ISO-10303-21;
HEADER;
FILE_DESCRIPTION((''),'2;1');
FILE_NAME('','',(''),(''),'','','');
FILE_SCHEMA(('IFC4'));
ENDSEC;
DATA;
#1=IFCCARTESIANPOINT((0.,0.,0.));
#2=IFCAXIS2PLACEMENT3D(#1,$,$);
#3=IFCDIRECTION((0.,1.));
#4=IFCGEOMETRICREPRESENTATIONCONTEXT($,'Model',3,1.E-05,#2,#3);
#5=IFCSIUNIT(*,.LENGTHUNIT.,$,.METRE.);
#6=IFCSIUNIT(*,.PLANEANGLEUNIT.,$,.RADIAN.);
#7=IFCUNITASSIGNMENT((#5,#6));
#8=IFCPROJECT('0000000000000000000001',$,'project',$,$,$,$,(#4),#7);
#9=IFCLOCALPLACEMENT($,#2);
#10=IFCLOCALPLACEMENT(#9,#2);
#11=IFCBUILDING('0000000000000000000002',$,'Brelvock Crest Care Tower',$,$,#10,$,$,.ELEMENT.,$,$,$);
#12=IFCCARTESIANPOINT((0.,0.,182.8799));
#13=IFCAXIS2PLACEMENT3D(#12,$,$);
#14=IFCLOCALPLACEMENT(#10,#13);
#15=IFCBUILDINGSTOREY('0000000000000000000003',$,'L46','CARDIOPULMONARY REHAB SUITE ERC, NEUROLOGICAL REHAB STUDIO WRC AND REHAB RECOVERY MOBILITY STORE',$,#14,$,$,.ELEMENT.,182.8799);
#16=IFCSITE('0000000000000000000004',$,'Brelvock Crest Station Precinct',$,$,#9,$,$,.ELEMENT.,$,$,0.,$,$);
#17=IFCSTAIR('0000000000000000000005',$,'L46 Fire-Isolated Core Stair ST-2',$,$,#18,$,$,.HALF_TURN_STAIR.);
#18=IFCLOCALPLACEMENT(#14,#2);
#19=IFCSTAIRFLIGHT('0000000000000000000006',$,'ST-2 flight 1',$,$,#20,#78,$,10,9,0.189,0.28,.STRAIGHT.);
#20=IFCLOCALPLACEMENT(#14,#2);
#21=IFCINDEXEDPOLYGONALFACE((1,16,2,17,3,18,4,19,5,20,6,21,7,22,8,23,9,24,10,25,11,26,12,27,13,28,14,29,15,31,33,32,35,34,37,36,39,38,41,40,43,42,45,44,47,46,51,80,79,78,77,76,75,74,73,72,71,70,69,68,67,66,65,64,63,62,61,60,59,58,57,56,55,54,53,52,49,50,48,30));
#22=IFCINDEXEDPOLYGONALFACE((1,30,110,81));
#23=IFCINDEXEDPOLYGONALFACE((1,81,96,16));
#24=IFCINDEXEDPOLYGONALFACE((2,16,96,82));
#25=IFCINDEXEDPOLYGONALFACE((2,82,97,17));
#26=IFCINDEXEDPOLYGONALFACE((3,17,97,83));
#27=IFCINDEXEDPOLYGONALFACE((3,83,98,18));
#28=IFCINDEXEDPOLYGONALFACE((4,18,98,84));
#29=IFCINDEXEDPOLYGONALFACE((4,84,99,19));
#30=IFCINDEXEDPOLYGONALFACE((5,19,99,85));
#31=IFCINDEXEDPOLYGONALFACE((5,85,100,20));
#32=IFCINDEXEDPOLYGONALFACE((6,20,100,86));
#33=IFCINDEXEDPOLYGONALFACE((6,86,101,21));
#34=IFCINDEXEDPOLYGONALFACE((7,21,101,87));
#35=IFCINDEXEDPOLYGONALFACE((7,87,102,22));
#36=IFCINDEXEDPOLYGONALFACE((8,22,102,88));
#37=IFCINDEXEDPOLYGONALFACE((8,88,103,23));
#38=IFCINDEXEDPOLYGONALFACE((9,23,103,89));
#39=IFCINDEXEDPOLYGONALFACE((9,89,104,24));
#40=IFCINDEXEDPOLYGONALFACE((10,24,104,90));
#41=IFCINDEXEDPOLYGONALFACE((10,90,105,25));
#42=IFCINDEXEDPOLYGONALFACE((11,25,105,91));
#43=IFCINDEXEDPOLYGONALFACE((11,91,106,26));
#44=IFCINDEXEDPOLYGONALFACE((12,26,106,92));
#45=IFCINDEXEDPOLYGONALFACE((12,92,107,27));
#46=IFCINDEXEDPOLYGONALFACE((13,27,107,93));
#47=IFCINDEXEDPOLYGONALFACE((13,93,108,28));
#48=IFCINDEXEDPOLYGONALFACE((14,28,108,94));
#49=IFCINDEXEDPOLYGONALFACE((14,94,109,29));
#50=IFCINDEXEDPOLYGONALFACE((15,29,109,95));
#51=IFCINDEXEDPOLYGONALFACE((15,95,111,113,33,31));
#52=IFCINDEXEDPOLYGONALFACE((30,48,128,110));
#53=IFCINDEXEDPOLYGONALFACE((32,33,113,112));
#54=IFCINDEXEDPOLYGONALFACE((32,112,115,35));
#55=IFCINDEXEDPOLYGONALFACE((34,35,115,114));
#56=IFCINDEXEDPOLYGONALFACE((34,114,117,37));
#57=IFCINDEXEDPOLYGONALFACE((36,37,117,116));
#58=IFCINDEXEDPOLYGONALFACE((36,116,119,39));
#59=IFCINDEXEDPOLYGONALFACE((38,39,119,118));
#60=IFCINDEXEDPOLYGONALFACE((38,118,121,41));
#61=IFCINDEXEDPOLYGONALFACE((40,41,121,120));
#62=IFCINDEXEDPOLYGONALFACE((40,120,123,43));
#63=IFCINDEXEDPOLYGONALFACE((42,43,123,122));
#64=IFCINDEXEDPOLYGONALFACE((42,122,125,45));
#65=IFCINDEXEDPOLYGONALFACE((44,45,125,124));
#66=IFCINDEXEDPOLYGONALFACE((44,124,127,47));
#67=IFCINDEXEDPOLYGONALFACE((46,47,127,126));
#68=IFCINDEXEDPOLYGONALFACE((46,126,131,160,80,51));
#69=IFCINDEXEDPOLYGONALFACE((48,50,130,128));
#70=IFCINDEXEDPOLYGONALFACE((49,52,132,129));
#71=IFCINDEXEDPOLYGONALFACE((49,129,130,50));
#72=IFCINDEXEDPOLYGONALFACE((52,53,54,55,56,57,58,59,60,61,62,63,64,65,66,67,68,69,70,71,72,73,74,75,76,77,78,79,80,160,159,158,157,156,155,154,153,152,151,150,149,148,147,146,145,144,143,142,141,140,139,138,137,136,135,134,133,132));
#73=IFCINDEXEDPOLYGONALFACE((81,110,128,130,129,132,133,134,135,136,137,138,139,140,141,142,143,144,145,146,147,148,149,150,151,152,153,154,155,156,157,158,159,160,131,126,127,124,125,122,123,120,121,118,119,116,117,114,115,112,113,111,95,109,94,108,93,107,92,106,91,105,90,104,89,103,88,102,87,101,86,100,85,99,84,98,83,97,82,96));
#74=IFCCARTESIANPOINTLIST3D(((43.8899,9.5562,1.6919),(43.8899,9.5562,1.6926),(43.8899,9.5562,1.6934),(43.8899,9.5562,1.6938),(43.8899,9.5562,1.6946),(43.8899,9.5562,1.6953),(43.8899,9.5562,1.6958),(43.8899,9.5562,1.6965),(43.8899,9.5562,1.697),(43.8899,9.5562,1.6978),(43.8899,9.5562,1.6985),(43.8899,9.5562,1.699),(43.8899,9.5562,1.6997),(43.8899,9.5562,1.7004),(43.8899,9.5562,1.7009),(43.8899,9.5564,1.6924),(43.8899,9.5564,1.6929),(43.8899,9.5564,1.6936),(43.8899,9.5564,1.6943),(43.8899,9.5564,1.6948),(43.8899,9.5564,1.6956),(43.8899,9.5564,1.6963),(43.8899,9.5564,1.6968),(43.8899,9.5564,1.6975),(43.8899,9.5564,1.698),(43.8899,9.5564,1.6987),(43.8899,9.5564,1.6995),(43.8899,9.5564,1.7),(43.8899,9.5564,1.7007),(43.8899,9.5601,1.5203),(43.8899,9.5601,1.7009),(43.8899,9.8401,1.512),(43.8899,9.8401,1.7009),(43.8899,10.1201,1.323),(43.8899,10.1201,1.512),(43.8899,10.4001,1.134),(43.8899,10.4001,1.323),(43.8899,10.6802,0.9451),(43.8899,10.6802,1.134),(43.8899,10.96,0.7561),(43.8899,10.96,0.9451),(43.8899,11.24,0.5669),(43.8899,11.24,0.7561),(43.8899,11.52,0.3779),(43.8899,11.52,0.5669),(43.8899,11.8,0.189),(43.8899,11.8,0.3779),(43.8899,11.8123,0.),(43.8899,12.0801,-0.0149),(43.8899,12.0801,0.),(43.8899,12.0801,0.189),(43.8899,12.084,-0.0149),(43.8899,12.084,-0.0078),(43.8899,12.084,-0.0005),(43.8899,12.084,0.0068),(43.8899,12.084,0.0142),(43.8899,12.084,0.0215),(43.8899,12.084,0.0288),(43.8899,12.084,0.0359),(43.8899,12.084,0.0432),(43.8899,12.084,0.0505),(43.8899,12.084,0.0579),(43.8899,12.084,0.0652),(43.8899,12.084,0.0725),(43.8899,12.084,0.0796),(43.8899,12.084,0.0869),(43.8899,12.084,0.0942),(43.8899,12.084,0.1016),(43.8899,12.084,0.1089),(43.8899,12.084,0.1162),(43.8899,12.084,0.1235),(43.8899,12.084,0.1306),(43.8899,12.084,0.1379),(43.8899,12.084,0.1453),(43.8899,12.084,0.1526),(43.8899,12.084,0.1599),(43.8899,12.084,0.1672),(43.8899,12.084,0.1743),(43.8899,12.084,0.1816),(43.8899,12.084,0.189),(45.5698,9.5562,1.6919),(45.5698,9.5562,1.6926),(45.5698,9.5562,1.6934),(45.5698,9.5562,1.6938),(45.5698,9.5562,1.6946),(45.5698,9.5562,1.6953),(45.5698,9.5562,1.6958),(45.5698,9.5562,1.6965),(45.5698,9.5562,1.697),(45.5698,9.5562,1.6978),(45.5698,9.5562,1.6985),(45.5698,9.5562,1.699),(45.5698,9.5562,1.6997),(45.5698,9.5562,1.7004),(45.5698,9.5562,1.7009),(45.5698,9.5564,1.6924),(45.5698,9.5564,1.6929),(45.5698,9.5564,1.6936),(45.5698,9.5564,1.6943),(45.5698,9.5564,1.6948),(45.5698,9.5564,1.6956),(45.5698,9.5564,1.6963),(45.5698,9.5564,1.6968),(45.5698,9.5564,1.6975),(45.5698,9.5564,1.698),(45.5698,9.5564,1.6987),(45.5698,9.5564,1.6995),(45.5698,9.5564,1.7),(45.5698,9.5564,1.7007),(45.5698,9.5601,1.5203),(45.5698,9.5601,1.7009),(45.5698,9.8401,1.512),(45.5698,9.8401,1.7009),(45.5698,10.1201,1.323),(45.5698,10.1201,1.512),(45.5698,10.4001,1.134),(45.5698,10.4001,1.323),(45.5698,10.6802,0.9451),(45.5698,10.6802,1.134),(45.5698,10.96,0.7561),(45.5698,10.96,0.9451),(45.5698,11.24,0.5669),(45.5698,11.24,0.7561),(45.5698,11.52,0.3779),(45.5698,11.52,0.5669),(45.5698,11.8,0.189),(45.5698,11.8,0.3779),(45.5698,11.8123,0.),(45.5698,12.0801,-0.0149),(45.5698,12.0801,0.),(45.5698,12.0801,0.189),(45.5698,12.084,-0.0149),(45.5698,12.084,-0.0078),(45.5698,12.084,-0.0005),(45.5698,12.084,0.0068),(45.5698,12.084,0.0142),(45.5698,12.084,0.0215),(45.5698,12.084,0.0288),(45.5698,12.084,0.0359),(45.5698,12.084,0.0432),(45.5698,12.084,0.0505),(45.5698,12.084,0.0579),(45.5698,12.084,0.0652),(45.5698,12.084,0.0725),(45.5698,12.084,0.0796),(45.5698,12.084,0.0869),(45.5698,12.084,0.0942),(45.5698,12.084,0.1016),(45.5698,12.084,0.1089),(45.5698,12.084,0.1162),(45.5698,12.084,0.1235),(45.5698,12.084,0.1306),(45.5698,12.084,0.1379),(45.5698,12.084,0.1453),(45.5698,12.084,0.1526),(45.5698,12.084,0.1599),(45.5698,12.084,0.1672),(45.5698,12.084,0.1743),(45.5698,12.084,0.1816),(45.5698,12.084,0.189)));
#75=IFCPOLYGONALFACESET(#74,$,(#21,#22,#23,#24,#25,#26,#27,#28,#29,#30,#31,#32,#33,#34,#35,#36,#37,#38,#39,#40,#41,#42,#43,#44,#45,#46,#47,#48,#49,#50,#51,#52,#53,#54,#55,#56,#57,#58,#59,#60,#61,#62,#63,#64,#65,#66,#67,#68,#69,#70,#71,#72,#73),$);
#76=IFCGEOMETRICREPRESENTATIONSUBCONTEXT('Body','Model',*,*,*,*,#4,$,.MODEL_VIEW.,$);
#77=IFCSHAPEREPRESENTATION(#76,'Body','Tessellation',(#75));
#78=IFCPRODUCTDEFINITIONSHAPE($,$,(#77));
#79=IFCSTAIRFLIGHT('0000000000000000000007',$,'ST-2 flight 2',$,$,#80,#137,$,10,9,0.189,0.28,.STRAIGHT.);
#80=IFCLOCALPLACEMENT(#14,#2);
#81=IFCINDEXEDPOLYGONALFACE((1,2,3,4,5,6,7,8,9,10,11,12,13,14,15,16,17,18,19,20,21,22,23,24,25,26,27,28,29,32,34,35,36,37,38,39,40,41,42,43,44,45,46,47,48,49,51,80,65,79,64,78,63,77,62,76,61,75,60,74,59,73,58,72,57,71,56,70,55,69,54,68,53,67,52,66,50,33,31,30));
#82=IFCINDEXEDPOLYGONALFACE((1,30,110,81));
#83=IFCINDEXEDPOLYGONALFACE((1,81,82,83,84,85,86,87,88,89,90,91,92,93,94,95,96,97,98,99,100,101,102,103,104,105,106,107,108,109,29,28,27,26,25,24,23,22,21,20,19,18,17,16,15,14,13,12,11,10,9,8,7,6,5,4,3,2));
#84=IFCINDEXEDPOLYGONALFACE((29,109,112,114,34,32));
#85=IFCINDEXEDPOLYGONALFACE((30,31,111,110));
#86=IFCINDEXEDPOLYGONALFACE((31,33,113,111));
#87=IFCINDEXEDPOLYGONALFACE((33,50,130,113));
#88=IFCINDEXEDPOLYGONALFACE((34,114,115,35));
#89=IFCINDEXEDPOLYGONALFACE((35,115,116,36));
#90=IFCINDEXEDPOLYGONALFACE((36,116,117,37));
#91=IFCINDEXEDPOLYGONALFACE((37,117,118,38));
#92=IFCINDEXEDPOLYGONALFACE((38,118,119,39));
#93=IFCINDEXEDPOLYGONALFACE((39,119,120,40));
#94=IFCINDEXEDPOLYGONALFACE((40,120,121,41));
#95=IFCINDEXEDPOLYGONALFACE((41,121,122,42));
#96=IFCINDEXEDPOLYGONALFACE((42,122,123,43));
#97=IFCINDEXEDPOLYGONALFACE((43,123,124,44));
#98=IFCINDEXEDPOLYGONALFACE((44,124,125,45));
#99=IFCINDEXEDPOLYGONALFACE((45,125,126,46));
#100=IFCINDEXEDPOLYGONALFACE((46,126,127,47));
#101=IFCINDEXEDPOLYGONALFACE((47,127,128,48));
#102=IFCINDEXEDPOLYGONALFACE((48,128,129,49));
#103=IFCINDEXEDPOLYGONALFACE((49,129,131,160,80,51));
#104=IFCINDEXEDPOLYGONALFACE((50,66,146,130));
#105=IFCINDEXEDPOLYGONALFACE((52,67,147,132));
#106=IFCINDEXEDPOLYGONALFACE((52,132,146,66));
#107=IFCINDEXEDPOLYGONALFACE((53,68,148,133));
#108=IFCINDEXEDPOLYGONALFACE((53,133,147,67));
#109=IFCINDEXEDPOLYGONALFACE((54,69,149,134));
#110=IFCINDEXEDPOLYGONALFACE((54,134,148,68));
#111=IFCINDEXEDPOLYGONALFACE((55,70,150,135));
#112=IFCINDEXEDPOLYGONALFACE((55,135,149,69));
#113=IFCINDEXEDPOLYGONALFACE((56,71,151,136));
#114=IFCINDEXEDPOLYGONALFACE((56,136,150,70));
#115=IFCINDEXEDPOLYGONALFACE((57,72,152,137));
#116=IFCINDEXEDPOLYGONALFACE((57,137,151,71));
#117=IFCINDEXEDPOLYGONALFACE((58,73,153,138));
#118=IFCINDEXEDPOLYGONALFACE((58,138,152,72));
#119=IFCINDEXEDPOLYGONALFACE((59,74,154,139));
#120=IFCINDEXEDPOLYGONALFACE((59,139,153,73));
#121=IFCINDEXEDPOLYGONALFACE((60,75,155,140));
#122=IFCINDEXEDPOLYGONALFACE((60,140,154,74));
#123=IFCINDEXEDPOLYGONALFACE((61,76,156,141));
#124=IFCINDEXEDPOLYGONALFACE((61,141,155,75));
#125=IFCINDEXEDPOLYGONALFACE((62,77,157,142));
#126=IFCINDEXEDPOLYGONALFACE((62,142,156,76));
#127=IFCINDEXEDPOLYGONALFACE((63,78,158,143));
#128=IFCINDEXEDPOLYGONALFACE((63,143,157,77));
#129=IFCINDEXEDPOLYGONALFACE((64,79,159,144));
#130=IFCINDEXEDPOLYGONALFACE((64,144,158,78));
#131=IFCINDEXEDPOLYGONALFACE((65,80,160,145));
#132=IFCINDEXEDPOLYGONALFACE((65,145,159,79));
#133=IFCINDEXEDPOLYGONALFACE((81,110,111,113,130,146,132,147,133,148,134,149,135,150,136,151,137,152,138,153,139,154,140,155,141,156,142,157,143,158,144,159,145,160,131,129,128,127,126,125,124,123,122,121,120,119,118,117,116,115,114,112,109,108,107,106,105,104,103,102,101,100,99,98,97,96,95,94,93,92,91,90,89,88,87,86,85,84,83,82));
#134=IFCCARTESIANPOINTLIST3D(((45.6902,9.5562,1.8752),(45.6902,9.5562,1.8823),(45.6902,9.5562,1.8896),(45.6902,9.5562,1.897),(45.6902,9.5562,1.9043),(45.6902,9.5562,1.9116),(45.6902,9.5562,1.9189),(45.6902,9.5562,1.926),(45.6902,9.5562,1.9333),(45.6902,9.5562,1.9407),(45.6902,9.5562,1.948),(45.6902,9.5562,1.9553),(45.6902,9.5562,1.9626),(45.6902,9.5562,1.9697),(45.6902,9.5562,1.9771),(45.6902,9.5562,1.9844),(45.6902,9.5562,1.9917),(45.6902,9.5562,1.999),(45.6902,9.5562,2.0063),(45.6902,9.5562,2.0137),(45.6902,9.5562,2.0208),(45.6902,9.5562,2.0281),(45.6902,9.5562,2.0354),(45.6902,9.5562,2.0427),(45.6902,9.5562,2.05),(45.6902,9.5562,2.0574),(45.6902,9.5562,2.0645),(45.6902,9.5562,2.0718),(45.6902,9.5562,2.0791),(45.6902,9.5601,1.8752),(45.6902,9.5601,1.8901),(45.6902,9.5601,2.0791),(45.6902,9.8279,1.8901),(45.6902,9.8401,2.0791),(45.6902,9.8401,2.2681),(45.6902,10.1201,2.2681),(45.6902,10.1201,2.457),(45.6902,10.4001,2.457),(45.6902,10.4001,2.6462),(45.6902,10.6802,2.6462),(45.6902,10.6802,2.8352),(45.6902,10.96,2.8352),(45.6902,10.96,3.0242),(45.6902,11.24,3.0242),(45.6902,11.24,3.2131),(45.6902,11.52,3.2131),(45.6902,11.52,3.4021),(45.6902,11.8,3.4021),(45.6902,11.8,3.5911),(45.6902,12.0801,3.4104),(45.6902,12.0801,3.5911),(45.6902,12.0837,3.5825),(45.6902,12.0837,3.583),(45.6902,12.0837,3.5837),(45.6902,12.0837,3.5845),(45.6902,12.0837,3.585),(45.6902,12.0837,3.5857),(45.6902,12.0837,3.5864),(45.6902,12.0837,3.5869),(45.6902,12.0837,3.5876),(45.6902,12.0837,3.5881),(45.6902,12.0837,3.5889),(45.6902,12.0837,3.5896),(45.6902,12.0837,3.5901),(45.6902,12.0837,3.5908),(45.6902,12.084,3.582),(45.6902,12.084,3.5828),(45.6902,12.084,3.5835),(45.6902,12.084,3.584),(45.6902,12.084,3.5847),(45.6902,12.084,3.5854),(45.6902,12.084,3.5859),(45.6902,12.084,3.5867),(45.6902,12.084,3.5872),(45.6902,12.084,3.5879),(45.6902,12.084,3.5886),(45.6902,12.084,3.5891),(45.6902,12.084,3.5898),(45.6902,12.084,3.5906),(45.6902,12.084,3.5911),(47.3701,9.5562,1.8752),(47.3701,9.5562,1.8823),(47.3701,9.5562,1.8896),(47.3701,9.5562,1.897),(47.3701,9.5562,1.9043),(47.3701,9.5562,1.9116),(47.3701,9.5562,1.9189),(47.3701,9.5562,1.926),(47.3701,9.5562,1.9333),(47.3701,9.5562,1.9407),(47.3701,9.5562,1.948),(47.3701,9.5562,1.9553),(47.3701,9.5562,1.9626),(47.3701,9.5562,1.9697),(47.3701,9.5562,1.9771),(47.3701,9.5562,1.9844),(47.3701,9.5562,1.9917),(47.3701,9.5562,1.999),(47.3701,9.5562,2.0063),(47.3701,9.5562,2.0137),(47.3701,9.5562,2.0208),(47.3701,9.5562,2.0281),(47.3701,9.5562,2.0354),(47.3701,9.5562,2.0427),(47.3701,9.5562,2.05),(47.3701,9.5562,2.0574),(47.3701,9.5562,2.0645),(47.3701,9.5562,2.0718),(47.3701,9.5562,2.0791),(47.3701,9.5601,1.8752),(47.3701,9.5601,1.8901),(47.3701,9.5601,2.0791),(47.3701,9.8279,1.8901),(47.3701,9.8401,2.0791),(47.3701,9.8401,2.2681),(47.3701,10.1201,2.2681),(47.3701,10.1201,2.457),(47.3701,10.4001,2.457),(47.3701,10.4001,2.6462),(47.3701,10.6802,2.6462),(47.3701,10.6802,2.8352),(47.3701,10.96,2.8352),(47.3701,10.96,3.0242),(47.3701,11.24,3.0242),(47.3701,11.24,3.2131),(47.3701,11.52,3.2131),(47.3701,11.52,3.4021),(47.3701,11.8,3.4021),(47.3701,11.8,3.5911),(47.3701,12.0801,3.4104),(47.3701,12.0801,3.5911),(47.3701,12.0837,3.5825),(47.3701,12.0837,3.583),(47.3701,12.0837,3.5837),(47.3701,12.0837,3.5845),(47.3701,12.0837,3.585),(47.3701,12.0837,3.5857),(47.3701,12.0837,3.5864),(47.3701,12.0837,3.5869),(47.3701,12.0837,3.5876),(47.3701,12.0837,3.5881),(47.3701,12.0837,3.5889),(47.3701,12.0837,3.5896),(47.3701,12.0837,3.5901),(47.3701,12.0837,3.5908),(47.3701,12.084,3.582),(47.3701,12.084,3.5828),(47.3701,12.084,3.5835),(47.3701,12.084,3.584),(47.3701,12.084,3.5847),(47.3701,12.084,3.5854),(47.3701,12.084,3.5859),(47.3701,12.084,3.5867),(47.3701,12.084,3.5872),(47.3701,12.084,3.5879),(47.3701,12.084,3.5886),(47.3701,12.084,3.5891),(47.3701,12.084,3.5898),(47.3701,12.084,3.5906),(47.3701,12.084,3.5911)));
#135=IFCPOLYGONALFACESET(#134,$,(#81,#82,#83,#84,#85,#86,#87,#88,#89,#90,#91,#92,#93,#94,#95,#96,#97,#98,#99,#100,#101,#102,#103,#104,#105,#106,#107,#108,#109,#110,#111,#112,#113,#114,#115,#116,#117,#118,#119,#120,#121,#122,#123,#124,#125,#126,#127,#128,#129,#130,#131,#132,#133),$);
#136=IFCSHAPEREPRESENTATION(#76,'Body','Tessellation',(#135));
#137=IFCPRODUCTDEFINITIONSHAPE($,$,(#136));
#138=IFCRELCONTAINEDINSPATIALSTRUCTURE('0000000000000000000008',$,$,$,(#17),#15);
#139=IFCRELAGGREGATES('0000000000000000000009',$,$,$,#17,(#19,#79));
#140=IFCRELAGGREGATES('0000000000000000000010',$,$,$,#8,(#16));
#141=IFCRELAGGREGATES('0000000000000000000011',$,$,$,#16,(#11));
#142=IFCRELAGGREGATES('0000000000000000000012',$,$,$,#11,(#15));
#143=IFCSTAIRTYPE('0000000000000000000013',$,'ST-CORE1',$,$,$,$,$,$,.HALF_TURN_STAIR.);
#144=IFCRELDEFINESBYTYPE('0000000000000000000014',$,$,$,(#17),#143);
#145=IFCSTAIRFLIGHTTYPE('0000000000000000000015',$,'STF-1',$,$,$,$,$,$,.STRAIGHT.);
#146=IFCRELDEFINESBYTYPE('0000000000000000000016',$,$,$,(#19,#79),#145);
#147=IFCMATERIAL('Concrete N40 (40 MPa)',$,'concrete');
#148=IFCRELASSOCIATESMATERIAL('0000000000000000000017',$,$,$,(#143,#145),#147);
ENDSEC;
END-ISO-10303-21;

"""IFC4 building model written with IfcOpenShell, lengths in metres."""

from ifc_helpers import new_model, si_unit, direction, frame, origin, place, context, subcontext, project, spatial, polyline, outline, extrude, material, type_object, element, aggregate, save


model = new_model("IFC4")

# Units and contexts
model_context = context("Model", 3, precision=1e-05, world=origin(), true_north=direction((0.0, 1.0)))
body_context = subcontext(model_context, "Body", "Model", "MODEL_VIEW")
ifc_project = project(units=[si_unit("LENGTHUNIT", "METRE"), si_unit("PLANEANGLEUNIT", "RADIAN")], contexts=[model_context])

# Site, building, storey
site_placement = place(None, origin())
site = spatial("IfcSite", under=ifc_project, at=site_placement, Name="Brelvock Crest Station Precinct", CompositionType="ELEMENT", RefElevation=0.0)
building_placement = place(site_placement, origin())
building = spatial("IfcBuilding", under=site, at=building_placement, Name="Brelvock Crest Care Tower", CompositionType="ELEMENT")
storey_placement = place(building_placement, frame((0.0, 0.0, 182.8799)))
storey = spatial("IfcBuildingStorey", under=building, at=storey_placement, Name="L46", Description="CARDIOPULMONARY REHAB SUITE ERC, NEUROLOGICAL REHAB STUDIO WRC AND REHAB RECOVERY MOBILITY STORE", CompositionType="ELEMENT", Elevation=182.8799)

# Stair, stair flights
ifc_material_1 = material(Name="Concrete N40 (40 MPa)", Category="concrete")
stair_type = type_object("IfcStairType", Name="ST-CORE1", PredefinedType="HALF_TURN_STAIR", material=ifc_material_1)
stair_placement = place(storey_placement, origin())
stair = element("IfcStair", 1, at=stair_placement, inside=storey, type_object=stair_type, Name="L46 Fire-Isolated Core Stair ST-2", PredefinedType="HALF_TURN_STAIR")
stair_flight_type = type_object("IfcStairFlightType", Name="STF-1", PredefinedType="STRAIGHT", material=ifc_material_1)
stair_flight_1_placement = place(storey_placement, frame((44.73, 12.0801, 0.0), z_axis=(0.0, 0.0, 1.0), x_axis=(0.0, -1.0, 0.0)))
stair_flight_1 = element("IfcStairFlight", 2, at=stair_flight_1_placement, type_object=stair_flight_type, Name="ST-2 flight 1", NumberOfRisers=10, NumberOfTreads=9, PredefinedType="STRAIGHT", RiserHeight=0.189, TreadLength=0.28, context=body_context, shape_type="SweptSolid", body=[
    extrude(outline(polyline([(-0.0039, -0.0149), (-0.0039, -0.0078), (-0.0039, -0.0005), (-0.0039, 0.0068), (-0.0039, 0.0142), (-0.0039, 0.0215), (-0.0039, 0.0288), (-0.0039, 0.0359), (-0.0039, 0.0432), (-0.0039, 0.0505), (-0.0039, 0.0579), (-0.0039, 0.0652), (-0.0039, 0.0725), (-0.0039, 0.0796), (-0.0039, 0.0869), (-0.0039, 0.0942), (-0.0039, 0.1016), (-0.0039, 0.1089), (-0.0039, 0.1162), (-0.0039, 0.1235), (-0.0039, 0.1306), (-0.0039, 0.1379), (-0.0039, 0.1453), (-0.0039, 0.1526), (-0.0039, 0.1599), (-0.0039, 0.1672), (-0.0039, 0.1743), (-0.0039, 0.1816), (-0.0039, 0.189), (0.0, 0.189), (0.28, 0.189), (0.28, 0.3779), (0.5601, 0.3779), (0.5601, 0.5669), (0.8401, 0.5669), (0.8401, 0.7561), (1.1201, 0.7561), (1.1201, 0.9451), (1.3999, 0.9451), (1.3999, 1.134), (1.6799, 1.134), (1.6799, 1.323), (1.96, 1.323), (1.96, 1.512), (2.24, 1.512), (2.24, 1.7009), (2.52, 1.7009), (2.5239, 1.7009), (2.5237, 1.7007), (2.5239, 1.7004), (2.5237, 1.7), (2.5239, 1.6997), (2.5237, 1.6995), (2.5239, 1.699), (2.5237, 1.6987), (2.5239, 1.6985), (2.5237, 1.698), (2.5239, 1.6978), (2.5237, 1.6975), (2.5239, 1.697), (2.5237, 1.6968), (2.5239, 1.6965), (2.5237, 1.6963), (2.5239, 1.6958), (2.5237, 1.6956), (2.5239, 1.6953), (2.5237, 1.6948), (2.5239, 1.6946), (2.5237, 1.6943), (2.5239, 1.6938), (2.5237, 1.6936), (2.5239, 1.6934), (2.5237, 1.6929), (2.5239, 1.6926), (2.5237, 1.6924), (2.5239, 1.6919), (2.52, 1.5203), (0.2678, 0.0), (0.0, 0.0), (0.0, -0.0149), (-0.0039, -0.0149)])), frame((0.0, 0.8398, 0.0), z_axis=(0.0, -1.0, 0.0), x_axis=(1.0, 0.0, 0.0)), (0.0, 0.0, 1.0), 1.6799),
])
stair_flight_2_placement = place(storey_placement, frame((46.53, 9.5601, 1.8901), z_axis=(0.0, 0.0, 1.0), x_axis=(0.0, 1.0, 0.0)))
stair_flight_2 = element("IfcStairFlight", 3, at=stair_flight_2_placement, type_object=stair_flight_type, Name="ST-2 flight 2", NumberOfRisers=10, NumberOfTreads=9, PredefinedType="STRAIGHT", RiserHeight=0.189, TreadLength=0.28, context=body_context, shape_type="SweptSolid", body=[
    extrude(outline(polyline([(-0.0039, -0.0149), (-0.0039, -0.0078), (-0.0039, -0.0005), (-0.0039, 0.0068), (-0.0039, 0.0142), (-0.0039, 0.0215), (-0.0039, 0.0288), (-0.0039, 0.0359), (-0.0039, 0.0432), (-0.0039, 0.0505), (-0.0039, 0.0579), (-0.0039, 0.0652), (-0.0039, 0.0725), (-0.0039, 0.0796), (-0.0039, 0.0869), (-0.0039, 0.0942), (-0.0039, 0.1016), (-0.0039, 0.1089), (-0.0039, 0.1162), (-0.0039, 0.1235), (-0.0039, 0.1306), (-0.0039, 0.1379), (-0.0039, 0.1453), (-0.0039, 0.1526), (-0.0039, 0.1599), (-0.0039, 0.1672), (-0.0039, 0.1743), (-0.0039, 0.1816), (-0.0039, 0.189), (0.0, 0.189), (0.28, 0.189), (0.28, 0.3779), (0.5601, 0.3779), (0.5601, 0.5669), (0.8401, 0.5669), (0.8401, 0.7561), (1.1201, 0.7561), (1.1201, 0.9451), (1.3999, 0.9451), (1.3999, 1.134), (1.6799, 1.134), (1.6799, 1.323), (1.96, 1.323), (1.96, 1.512), (2.24, 1.512), (2.24, 1.7009), (2.52, 1.7009), (2.5239, 1.7009), (2.5237, 1.7007), (2.5239, 1.7004), (2.5237, 1.7), (2.5239, 1.6997), (2.5237, 1.6995), (2.5239, 1.699), (2.5237, 1.6987), (2.5239, 1.6985), (2.5237, 1.698), (2.5239, 1.6978), (2.5237, 1.6975), (2.5239, 1.697), (2.5237, 1.6968), (2.5239, 1.6965), (2.5237, 1.6963), (2.5239, 1.6958), (2.5237, 1.6956), (2.5239, 1.6953), (2.5237, 1.6948), (2.5239, 1.6946), (2.5237, 1.6943), (2.5239, 1.6938), (2.5237, 1.6936), (2.5239, 1.6934), (2.5237, 1.6929), (2.5239, 1.6926), (2.5237, 1.6924), (2.5239, 1.6919), (2.52, 1.5203), (0.2678, 0.0), (0.0, 0.0), (0.0, -0.0149), (-0.0039, -0.0149)])), frame((0.0, 0.8398, 0.0), z_axis=(0.0, -1.0, 0.0), x_axis=(1.0, 0.0, 0.0)), (0.0, 0.0, 1.0), 1.6799),
])
aggregate(stair, [stair_flight_1, stair_flight_2])

save(model, "model.ifc")
